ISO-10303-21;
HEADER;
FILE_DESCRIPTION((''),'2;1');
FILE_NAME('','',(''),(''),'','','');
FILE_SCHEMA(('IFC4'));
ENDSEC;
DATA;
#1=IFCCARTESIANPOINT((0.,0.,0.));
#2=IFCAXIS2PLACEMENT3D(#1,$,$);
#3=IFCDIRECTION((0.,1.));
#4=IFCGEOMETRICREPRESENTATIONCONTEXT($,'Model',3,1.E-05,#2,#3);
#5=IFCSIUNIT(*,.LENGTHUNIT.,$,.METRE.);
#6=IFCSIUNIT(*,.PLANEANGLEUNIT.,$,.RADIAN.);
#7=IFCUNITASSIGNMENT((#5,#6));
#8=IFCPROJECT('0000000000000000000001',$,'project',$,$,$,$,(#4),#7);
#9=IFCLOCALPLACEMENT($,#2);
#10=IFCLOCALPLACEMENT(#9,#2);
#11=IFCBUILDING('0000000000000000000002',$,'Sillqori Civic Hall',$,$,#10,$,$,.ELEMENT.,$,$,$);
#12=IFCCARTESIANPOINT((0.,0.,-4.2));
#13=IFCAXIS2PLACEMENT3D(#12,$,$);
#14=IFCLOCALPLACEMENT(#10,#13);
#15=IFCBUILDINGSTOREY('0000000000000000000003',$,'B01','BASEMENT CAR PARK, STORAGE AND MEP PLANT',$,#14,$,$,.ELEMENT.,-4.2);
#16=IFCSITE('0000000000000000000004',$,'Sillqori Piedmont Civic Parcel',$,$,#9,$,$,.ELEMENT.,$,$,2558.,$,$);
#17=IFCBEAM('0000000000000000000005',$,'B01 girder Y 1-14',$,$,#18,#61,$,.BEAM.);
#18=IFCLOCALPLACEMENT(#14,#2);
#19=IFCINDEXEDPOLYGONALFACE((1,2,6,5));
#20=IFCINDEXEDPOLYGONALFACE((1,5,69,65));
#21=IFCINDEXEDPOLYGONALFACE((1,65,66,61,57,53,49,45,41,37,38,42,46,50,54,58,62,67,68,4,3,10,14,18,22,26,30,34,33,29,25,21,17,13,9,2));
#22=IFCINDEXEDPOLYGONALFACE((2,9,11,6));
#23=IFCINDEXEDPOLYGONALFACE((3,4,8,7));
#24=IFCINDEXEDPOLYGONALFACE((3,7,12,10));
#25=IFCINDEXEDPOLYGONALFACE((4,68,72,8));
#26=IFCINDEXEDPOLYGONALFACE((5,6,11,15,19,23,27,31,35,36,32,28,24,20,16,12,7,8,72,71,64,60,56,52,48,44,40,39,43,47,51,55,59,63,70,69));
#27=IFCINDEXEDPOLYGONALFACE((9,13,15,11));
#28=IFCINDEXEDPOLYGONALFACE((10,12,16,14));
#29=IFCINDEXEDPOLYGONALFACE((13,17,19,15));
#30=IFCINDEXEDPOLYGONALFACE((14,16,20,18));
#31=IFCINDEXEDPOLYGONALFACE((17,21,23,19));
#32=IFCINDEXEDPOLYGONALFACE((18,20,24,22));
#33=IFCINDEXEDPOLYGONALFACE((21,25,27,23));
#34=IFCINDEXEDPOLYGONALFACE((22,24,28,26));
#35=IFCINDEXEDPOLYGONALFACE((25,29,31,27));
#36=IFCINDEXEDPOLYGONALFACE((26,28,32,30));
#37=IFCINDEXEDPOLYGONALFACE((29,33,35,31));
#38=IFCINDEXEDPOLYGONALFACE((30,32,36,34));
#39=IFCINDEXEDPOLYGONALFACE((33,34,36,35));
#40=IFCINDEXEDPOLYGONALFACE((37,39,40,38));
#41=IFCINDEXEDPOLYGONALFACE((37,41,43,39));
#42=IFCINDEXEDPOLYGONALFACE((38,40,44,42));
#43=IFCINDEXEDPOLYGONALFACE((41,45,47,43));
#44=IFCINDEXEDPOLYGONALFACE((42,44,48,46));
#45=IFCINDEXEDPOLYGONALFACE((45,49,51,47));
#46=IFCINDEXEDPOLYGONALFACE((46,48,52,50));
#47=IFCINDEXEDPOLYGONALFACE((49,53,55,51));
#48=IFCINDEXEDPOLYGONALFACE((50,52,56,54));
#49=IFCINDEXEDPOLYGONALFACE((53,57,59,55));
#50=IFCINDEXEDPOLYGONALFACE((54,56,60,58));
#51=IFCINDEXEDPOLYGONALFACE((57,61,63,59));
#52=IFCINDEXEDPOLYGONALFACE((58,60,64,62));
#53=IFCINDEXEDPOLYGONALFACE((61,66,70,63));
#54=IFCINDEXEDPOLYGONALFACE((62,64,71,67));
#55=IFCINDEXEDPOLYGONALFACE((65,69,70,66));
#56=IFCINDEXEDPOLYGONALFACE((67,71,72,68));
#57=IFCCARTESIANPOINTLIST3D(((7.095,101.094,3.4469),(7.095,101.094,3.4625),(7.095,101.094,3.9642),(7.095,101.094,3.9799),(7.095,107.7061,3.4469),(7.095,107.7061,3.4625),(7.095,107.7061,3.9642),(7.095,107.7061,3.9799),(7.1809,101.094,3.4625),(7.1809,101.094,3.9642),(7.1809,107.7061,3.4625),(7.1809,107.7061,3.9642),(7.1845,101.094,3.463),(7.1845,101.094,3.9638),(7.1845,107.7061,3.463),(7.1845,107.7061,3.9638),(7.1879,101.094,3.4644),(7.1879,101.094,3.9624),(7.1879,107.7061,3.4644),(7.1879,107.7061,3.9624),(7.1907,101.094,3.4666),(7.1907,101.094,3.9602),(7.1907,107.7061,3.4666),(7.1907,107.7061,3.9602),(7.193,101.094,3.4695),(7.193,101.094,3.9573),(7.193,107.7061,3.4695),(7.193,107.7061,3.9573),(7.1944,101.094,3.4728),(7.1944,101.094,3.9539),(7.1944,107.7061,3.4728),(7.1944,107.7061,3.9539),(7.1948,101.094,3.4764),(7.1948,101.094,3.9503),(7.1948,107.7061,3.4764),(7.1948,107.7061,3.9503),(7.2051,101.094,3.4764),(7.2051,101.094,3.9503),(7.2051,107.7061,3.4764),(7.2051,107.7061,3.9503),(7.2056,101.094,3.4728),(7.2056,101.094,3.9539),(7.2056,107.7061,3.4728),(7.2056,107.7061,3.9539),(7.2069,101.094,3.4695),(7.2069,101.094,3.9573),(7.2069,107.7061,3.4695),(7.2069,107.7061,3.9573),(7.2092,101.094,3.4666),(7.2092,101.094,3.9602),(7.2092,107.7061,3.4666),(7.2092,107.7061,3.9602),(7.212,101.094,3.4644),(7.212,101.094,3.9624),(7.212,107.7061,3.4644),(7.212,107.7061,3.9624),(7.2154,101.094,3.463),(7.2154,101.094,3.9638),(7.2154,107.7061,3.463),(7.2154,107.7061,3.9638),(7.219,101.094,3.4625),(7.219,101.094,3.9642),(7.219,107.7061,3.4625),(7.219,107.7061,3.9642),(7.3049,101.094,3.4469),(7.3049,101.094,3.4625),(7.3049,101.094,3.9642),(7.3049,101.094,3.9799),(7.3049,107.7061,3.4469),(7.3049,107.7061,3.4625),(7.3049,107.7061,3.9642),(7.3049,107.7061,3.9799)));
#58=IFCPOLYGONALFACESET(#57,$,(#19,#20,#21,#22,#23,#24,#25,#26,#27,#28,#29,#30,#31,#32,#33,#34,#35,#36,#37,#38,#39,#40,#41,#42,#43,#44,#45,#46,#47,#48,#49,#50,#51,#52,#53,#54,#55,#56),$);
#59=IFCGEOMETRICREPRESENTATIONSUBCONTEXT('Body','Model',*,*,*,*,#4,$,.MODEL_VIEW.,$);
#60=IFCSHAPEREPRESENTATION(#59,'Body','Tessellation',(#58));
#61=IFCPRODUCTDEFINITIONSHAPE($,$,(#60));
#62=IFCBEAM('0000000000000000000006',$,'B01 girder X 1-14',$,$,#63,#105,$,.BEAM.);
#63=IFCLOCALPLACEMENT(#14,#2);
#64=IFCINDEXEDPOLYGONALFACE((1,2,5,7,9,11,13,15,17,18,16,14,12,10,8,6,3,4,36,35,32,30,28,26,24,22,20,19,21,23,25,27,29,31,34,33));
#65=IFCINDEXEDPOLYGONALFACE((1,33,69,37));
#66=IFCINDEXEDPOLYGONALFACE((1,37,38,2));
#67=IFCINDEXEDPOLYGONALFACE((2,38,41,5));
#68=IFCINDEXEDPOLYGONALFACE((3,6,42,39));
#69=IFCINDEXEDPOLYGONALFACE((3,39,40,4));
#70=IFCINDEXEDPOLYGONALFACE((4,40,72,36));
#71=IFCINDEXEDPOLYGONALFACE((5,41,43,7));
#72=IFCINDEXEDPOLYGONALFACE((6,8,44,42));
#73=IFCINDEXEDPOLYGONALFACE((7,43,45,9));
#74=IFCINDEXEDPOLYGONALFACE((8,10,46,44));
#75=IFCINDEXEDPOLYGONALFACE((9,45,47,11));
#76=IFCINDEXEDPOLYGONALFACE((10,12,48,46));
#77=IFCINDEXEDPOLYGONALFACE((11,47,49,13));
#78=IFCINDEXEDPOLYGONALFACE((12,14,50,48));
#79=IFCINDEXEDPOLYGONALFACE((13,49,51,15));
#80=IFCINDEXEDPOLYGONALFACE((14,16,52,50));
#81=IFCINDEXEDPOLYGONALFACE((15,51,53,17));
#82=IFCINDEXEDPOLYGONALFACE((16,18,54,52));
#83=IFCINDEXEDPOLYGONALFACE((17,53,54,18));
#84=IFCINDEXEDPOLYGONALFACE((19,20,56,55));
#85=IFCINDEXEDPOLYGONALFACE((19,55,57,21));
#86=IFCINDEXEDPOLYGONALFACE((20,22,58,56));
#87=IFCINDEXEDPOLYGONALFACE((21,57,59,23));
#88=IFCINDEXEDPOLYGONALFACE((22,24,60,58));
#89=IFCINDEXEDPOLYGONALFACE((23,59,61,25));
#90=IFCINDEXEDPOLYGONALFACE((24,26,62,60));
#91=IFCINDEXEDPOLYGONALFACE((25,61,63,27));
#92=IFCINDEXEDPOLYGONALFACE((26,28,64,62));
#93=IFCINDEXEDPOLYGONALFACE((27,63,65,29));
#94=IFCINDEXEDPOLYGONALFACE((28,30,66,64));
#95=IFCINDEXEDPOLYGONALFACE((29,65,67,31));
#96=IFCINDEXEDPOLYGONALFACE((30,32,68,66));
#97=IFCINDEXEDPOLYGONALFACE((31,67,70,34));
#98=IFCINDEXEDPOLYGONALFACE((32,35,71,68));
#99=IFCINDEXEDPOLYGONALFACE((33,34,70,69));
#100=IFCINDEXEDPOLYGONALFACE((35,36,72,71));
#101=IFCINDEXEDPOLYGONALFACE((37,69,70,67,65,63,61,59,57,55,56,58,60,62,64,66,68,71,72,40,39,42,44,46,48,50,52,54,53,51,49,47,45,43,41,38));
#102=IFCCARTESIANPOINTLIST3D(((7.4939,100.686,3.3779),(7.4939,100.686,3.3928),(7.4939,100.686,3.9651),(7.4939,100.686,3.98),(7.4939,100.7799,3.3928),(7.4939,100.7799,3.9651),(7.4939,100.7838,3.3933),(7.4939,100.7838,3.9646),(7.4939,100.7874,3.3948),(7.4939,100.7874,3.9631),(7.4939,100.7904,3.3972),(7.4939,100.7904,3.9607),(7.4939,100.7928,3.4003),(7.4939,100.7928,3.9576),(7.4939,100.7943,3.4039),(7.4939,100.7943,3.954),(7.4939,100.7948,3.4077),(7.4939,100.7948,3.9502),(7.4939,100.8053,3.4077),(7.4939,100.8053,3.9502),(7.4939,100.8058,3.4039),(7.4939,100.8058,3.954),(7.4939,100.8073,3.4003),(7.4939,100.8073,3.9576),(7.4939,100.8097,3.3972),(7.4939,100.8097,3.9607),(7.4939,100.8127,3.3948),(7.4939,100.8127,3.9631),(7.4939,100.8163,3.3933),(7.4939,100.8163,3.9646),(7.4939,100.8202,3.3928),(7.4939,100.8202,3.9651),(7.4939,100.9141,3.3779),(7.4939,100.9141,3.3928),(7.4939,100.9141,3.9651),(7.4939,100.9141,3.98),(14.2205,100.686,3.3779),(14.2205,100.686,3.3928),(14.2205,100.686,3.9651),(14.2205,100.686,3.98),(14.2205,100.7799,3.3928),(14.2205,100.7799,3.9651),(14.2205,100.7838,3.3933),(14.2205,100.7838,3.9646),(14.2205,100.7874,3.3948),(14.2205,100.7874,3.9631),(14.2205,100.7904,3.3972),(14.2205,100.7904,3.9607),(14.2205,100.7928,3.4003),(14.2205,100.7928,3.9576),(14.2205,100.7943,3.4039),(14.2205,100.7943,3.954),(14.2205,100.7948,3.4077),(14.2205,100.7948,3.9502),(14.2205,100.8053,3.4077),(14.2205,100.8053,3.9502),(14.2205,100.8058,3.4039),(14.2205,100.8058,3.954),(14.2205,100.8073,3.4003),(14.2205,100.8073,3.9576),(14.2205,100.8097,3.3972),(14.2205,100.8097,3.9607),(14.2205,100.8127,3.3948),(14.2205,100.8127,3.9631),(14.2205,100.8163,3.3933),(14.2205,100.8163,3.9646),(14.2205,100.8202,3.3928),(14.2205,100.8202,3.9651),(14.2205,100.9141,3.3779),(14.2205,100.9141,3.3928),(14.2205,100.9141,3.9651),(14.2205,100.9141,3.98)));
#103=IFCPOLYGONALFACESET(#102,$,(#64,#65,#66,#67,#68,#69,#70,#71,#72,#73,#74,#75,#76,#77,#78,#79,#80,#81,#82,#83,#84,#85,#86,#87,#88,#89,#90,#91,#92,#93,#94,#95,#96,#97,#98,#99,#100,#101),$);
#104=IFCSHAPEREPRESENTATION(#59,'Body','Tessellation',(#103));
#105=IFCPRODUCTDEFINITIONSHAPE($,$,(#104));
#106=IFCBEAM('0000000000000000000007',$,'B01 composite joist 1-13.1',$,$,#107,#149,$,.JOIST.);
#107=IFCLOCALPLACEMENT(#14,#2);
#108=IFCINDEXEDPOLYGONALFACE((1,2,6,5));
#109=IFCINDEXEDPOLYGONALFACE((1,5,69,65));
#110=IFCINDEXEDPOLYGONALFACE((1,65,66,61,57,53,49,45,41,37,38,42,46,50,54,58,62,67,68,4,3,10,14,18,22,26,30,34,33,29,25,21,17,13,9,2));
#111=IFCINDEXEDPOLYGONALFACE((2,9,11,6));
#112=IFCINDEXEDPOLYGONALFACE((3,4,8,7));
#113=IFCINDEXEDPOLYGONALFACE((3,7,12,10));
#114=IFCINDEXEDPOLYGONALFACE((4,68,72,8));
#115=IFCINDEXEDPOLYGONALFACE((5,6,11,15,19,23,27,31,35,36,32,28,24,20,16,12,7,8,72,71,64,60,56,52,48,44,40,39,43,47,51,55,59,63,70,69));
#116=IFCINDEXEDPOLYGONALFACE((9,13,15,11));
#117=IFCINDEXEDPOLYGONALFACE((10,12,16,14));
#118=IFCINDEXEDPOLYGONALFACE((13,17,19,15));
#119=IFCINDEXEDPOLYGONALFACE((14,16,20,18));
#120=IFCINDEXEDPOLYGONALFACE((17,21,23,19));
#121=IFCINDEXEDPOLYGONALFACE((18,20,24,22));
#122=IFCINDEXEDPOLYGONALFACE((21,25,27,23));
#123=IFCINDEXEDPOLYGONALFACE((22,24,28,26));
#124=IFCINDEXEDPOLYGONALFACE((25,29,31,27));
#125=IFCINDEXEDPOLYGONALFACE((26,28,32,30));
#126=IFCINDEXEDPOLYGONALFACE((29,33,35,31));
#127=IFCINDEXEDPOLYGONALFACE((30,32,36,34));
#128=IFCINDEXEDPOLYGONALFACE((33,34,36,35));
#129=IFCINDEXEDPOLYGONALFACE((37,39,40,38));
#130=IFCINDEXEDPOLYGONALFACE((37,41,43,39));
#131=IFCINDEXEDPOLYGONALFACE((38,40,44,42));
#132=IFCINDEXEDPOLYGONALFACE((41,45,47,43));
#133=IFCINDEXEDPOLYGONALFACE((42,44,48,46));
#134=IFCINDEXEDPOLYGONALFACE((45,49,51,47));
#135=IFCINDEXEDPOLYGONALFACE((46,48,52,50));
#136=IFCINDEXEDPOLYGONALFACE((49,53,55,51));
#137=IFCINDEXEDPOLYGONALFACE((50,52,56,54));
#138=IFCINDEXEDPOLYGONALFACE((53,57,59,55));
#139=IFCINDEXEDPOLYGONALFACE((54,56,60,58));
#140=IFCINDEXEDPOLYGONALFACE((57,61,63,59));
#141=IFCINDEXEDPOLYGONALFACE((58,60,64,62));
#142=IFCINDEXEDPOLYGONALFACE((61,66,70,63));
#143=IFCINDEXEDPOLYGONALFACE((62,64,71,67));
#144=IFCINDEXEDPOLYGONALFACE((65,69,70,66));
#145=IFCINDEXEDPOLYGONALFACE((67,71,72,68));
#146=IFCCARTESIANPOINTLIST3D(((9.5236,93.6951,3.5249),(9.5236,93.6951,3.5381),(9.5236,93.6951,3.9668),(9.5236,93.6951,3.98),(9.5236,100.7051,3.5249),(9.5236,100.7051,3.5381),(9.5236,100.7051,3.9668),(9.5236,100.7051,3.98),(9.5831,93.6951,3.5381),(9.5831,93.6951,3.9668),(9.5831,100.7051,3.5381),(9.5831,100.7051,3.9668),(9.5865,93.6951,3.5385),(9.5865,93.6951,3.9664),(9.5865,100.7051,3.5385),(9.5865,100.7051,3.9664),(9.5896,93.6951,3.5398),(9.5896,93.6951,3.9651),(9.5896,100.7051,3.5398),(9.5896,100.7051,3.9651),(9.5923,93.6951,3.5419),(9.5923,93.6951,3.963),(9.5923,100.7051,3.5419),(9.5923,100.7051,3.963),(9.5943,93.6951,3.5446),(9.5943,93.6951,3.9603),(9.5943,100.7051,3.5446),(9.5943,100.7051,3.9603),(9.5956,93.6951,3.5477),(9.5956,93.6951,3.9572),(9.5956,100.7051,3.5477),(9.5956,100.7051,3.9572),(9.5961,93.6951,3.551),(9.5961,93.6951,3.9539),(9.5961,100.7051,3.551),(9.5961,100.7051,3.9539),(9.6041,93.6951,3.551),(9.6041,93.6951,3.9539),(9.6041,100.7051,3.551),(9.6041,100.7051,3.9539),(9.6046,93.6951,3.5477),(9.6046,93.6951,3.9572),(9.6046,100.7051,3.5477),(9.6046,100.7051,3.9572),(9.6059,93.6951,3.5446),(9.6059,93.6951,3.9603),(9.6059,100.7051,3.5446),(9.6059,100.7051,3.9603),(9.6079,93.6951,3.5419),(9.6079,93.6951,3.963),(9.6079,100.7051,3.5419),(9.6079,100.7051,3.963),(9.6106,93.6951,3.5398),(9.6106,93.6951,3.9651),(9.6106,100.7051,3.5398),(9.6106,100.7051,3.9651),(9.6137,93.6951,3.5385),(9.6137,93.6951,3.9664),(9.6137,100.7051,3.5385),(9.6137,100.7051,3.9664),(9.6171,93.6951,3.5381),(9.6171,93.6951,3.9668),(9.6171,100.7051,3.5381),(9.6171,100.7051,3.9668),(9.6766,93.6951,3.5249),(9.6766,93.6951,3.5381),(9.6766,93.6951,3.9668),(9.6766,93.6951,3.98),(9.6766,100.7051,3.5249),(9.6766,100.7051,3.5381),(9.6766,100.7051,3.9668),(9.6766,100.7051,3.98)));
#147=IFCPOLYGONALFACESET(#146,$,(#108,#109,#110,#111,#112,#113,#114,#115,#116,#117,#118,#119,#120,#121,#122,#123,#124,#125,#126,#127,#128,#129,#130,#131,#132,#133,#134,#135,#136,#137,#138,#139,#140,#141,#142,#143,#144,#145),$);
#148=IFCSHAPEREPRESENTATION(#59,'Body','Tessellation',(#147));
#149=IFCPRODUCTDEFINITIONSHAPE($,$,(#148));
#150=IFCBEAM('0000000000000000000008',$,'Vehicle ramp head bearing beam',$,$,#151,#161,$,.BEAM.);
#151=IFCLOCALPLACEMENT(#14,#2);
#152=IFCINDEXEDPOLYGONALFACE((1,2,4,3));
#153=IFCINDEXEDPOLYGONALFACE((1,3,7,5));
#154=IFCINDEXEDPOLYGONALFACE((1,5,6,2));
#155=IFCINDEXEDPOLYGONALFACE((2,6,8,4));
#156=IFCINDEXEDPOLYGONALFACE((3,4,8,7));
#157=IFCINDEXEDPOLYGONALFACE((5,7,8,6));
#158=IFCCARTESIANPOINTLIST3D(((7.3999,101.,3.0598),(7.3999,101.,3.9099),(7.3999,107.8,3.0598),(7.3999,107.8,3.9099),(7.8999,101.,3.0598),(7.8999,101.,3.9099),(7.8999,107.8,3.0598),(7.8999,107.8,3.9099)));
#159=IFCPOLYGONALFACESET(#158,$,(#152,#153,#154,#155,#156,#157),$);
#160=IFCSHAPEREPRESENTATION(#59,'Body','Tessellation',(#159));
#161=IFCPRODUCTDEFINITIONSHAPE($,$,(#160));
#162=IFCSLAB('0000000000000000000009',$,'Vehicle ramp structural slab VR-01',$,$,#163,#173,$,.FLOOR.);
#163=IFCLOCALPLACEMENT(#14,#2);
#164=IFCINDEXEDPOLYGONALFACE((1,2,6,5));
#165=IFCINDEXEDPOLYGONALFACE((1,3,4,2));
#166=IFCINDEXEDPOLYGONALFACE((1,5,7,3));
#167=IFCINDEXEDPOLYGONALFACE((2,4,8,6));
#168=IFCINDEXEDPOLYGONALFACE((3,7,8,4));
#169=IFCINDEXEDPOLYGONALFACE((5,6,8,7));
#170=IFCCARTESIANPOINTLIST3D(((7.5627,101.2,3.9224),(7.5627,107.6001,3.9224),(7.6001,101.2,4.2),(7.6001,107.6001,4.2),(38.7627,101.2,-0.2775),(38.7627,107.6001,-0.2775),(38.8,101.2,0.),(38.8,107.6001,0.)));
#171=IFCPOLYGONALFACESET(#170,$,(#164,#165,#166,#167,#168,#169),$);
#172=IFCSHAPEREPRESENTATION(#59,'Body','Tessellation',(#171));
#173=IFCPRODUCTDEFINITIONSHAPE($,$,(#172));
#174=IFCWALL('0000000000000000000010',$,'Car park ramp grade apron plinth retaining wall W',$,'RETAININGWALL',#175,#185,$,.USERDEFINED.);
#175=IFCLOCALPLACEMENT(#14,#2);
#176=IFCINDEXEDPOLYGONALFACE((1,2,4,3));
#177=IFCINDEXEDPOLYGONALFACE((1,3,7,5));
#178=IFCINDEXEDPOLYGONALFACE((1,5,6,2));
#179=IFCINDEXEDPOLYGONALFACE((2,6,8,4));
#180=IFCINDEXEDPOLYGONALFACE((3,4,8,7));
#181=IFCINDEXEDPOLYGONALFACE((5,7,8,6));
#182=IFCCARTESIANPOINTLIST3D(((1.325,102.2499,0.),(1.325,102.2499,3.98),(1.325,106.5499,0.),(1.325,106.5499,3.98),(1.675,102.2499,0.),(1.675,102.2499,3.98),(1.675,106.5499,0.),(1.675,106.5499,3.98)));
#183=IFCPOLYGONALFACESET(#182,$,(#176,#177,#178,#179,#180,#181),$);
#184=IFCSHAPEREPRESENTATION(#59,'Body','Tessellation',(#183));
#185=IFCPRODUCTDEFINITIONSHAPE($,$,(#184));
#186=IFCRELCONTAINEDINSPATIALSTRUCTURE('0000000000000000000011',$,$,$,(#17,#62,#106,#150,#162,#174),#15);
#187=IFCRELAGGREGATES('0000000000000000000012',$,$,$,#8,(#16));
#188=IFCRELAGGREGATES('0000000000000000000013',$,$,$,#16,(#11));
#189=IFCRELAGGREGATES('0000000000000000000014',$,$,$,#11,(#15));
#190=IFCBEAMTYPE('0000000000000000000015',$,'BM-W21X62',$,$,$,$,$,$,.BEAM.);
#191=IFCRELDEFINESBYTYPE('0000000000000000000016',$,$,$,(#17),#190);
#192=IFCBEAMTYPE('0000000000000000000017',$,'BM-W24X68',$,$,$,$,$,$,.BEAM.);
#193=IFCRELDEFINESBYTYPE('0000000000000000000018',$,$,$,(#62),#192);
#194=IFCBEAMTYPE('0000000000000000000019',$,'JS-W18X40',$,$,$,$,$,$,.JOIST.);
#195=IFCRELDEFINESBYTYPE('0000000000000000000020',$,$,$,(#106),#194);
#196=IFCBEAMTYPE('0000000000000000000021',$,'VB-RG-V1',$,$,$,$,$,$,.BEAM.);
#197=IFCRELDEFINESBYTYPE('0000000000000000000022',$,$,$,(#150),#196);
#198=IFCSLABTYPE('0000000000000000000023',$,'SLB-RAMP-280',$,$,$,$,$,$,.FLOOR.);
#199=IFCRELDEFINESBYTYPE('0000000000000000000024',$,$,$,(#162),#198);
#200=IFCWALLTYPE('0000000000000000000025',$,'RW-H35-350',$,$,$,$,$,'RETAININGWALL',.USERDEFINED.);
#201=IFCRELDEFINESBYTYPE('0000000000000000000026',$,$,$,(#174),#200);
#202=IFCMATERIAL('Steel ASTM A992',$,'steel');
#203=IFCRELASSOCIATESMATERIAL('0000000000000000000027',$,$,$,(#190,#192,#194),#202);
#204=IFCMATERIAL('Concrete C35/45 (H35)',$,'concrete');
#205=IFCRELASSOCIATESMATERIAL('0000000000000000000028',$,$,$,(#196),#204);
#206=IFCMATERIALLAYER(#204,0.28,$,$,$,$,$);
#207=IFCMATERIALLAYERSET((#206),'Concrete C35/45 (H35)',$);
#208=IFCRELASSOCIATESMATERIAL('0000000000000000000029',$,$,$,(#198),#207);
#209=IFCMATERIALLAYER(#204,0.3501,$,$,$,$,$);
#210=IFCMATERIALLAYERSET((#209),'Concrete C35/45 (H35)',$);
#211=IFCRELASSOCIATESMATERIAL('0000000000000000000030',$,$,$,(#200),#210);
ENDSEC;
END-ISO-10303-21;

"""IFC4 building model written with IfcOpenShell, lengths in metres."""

from ifc_helpers import new_model, si_unit, direction, frame, frame_2d, origin, origin_2d, place, context, subcontext, project, spatial, polyline, rectangle, i_section, outline, extrude, material, layer, layer_set, material_profile, profile_set, type_object, element, save


model = new_model("IFC4")

# Units and contexts
model_context = context("Model", 3, precision=1e-05, world=origin(), true_north=direction((0.0, 1.0)))
body_context = subcontext(model_context, "Body", "Model", "MODEL_VIEW")
ifc_project = project(units=[si_unit("LENGTHUNIT", "METRE"), si_unit("PLANEANGLEUNIT", "RADIAN")], contexts=[model_context])

# Site, building, storey
site_placement = place(None, origin())
site = spatial("IfcSite", under=ifc_project, at=site_placement, Name="Sillqori Piedmont Civic Parcel", CompositionType="ELEMENT", RefElevation=2558.0)
building_placement = place(site_placement, origin())
building = spatial("IfcBuilding", under=site, at=building_placement, Name="Sillqori Civic Hall", CompositionType="ELEMENT")
storey_placement = place(building_placement, frame((0.0, 0.0, -4.2)))
storey = spatial("IfcBuildingStorey", under=building, at=storey_placement, Name="B01", Description="BASEMENT CAR PARK, STORAGE AND MEP PLANT", CompositionType="ELEMENT", Elevation=-4.2)

# Shared definitions
ifc_material_1 = material(Name="Concrete C35/45 (H35)", Category="concrete")

# Beams
ifc_material_2 = material(Name="Steel ASTM A992", Category="steel")
ifc_material_profile_1 = material_profile(ifc_material_2, i_section(OverallWidth=0.21, OverallDepth=0.533, WebThickness=0.0103, FlangeThickness=0.0156, FilletRadius=0.0139, at=origin_2d()), Name="W21X62")
ifc_profile_set_1 = profile_set([ifc_material_profile_1], Name="Steel ASTM A992")
beam_type_1 = type_object("IfcBeamType", Name="BM-W21X62", PredefinedType="BEAM", material=ifc_profile_set_1)
for number, where, z_axis, x_axis, name in (
    (1, (7.2, 101.094, 3.7134), (0.0, 1.0, 0.0), (-1.0, 0.0, 0.0), "B01 girder Y 1-14"),
):
    element("IfcBeam", number, at=place(storey_placement, frame(where, z_axis=z_axis, x_axis=x_axis)), inside=storey, type_object=beam_type_1, Name=name, PredefinedType="BEAM", context=body_context, shape_type="SweptSolid", body=[
        extrude(i_section(OverallWidth=0.21, OverallDepth=0.533, WebThickness=0.0103, FlangeThickness=0.0156, FilletRadius=0.0139, at=origin_2d()), origin(), (0.0, 0.0, 1.0), 6.6121),
    ])
ifc_material_profile_2 = material_profile(ifc_material_2, i_section(OverallWidth=0.228, OverallDepth=0.6021, WebThickness=0.0105, FlangeThickness=0.0149, FilletRadius=0.0149, at=origin_2d()), Name="W24X68")
ifc_profile_set_2 = profile_set([ifc_material_profile_2], Name="Steel ASTM A992")
beam_type_2 = type_object("IfcBeamType", Name="BM-W24X68", PredefinedType="BEAM", material=ifc_profile_set_2)
beam_1_placement = place(storey_placement, frame((7.4939, 100.8, 3.679), z_axis=(1.0, 0.0, 0.0), x_axis=(0.0, 1.0, 0.0)))
element("IfcBeam", 2, at=beam_1_placement, inside=storey, type_object=beam_type_2, Name="B01 girder X 1-14", PredefinedType="BEAM", context=body_context, shape_type="SweptSolid", body=[
    extrude(i_section(OverallWidth=0.228, OverallDepth=0.6021, WebThickness=0.0105, FlangeThickness=0.0149, FilletRadius=0.0149, at=origin_2d()), origin(), (0.0, 0.0, 1.0), 6.7266),
])
ifc_material_profile_3 = material_profile(ifc_material_2, i_section(OverallWidth=0.1531, OverallDepth=0.4551, WebThickness=0.0081, FlangeThickness=0.0132, FilletRadius=0.0129, at=origin_2d()), Name="W18X40")
ifc_profile_set_3 = profile_set([ifc_material_profile_3], Name="Steel ASTM A992")
beam_type_3 = type_object("IfcBeamType", Name="JS-W18X40", PredefinedType="JOIST", material=ifc_profile_set_3)
beam_2_placement = place(storey_placement, frame((9.6001, 93.6951, 3.7524), z_axis=(0.0, 1.0, 0.0), x_axis=(-1.0, 0.0, 0.0)))
element("IfcBeam", 3, at=beam_2_placement, inside=storey, type_object=beam_type_3, Name="B01 composite joist 1-13.1", PredefinedType="JOIST", context=body_context, shape_type="SweptSolid", body=[
    extrude(i_section(OverallWidth=0.1531, OverallDepth=0.4551, WebThickness=0.0081, FlangeThickness=0.0132, FilletRadius=0.0129, at=origin_2d()), origin(), (0.0, 0.0, 1.0), 7.01),
])
ifc_material_profile_4 = material_profile(ifc_material_1, rectangle(XDim=0.5, YDim=0.8501, at=origin_2d()), Name="RC 500x850")
ifc_profile_set_4 = profile_set([ifc_material_profile_4], Name="Concrete C35/45 (H35)")
beam_type_4 = type_object("IfcBeamType", Name="VB-RG-V1", PredefinedType="BEAM", material=ifc_profile_set_4)
beam_3_placement = place(storey_placement, frame((7.6499, 101.0, 3.4849), z_axis=(0.0, 1.0, 0.0), x_axis=(-1.0, 0.0, 0.0)))
element("IfcBeam", 4, at=beam_3_placement, inside=storey, type_object=beam_type_4, Name="Vehicle ramp head bearing beam", PredefinedType="BEAM", context=body_context, shape_type="SweptSolid", body=[
    extrude(rectangle(XDim=0.5, YDim=0.8501, at=origin_2d()), origin(), (0.0, 0.0, 1.0), 6.8),
])

# Slab
ifc_layer_1 = layer(ifc_material_1, 0.28)
ifc_layer_set_1 = layer_set([ifc_layer_1], Name="Concrete C35/45 (H35)")
slab_type = type_object("IfcSlabType", Name="SLB-RAMP-280", PredefinedType="FLOOR", material=ifc_layer_set_1)
slab_placement = place(storey_placement, frame((7.6001, 101.2, 4.2), z_axis=(0.133411, 0.0, 0.991061), x_axis=(0.991061, 0.0, -0.133411)))
element("IfcSlab", 5, at=slab_placement, inside=storey, type_object=slab_type, Name="Vehicle ramp structural slab VR-01", PredefinedType="FLOOR", context=body_context, shape_type="SweptSolid", body=[
    extrude(outline(polyline([(0.0, 0.0), (31.4814, 0.0), (31.4814, 6.4001), (0.0, 6.4001), (0.0, 0.0)])), origin(), (0.0, 0.0, -1.0), 0.28),
])

# Wall
ifc_layer_2 = layer(ifc_material_1, 0.3501)
ifc_layer_set_2 = layer_set([ifc_layer_2], Name="Concrete C35/45 (H35)")
wall_type_1 = type_object("IfcWallType", Name="RW-H35-350", ElementType="RETAININGWALL", PredefinedType="USERDEFINED", material=ifc_layer_set_2)
wall_1_placement = place(storey_placement, frame((1.5, 102.25, 0.0), z_axis=(0.0, 0.0, 1.0), x_axis=(0.0, 1.0, 0.0)))
element("IfcWall", 6, at=wall_1_placement, inside=storey, type_object=wall_type_1, Name="Car park ramp grade apron plinth retaining wall W", ObjectType="RETAININGWALL", PredefinedType="USERDEFINED", context=body_context, shape_type="SweptSolid", body=[
    extrude(rectangle(XDim=4.3, YDim=0.3501, at=frame_2d((2.1499, 0.0))), origin(), (0.0, 0.0, 1.0), 3.98),
])

save(model, "model.ifc")
